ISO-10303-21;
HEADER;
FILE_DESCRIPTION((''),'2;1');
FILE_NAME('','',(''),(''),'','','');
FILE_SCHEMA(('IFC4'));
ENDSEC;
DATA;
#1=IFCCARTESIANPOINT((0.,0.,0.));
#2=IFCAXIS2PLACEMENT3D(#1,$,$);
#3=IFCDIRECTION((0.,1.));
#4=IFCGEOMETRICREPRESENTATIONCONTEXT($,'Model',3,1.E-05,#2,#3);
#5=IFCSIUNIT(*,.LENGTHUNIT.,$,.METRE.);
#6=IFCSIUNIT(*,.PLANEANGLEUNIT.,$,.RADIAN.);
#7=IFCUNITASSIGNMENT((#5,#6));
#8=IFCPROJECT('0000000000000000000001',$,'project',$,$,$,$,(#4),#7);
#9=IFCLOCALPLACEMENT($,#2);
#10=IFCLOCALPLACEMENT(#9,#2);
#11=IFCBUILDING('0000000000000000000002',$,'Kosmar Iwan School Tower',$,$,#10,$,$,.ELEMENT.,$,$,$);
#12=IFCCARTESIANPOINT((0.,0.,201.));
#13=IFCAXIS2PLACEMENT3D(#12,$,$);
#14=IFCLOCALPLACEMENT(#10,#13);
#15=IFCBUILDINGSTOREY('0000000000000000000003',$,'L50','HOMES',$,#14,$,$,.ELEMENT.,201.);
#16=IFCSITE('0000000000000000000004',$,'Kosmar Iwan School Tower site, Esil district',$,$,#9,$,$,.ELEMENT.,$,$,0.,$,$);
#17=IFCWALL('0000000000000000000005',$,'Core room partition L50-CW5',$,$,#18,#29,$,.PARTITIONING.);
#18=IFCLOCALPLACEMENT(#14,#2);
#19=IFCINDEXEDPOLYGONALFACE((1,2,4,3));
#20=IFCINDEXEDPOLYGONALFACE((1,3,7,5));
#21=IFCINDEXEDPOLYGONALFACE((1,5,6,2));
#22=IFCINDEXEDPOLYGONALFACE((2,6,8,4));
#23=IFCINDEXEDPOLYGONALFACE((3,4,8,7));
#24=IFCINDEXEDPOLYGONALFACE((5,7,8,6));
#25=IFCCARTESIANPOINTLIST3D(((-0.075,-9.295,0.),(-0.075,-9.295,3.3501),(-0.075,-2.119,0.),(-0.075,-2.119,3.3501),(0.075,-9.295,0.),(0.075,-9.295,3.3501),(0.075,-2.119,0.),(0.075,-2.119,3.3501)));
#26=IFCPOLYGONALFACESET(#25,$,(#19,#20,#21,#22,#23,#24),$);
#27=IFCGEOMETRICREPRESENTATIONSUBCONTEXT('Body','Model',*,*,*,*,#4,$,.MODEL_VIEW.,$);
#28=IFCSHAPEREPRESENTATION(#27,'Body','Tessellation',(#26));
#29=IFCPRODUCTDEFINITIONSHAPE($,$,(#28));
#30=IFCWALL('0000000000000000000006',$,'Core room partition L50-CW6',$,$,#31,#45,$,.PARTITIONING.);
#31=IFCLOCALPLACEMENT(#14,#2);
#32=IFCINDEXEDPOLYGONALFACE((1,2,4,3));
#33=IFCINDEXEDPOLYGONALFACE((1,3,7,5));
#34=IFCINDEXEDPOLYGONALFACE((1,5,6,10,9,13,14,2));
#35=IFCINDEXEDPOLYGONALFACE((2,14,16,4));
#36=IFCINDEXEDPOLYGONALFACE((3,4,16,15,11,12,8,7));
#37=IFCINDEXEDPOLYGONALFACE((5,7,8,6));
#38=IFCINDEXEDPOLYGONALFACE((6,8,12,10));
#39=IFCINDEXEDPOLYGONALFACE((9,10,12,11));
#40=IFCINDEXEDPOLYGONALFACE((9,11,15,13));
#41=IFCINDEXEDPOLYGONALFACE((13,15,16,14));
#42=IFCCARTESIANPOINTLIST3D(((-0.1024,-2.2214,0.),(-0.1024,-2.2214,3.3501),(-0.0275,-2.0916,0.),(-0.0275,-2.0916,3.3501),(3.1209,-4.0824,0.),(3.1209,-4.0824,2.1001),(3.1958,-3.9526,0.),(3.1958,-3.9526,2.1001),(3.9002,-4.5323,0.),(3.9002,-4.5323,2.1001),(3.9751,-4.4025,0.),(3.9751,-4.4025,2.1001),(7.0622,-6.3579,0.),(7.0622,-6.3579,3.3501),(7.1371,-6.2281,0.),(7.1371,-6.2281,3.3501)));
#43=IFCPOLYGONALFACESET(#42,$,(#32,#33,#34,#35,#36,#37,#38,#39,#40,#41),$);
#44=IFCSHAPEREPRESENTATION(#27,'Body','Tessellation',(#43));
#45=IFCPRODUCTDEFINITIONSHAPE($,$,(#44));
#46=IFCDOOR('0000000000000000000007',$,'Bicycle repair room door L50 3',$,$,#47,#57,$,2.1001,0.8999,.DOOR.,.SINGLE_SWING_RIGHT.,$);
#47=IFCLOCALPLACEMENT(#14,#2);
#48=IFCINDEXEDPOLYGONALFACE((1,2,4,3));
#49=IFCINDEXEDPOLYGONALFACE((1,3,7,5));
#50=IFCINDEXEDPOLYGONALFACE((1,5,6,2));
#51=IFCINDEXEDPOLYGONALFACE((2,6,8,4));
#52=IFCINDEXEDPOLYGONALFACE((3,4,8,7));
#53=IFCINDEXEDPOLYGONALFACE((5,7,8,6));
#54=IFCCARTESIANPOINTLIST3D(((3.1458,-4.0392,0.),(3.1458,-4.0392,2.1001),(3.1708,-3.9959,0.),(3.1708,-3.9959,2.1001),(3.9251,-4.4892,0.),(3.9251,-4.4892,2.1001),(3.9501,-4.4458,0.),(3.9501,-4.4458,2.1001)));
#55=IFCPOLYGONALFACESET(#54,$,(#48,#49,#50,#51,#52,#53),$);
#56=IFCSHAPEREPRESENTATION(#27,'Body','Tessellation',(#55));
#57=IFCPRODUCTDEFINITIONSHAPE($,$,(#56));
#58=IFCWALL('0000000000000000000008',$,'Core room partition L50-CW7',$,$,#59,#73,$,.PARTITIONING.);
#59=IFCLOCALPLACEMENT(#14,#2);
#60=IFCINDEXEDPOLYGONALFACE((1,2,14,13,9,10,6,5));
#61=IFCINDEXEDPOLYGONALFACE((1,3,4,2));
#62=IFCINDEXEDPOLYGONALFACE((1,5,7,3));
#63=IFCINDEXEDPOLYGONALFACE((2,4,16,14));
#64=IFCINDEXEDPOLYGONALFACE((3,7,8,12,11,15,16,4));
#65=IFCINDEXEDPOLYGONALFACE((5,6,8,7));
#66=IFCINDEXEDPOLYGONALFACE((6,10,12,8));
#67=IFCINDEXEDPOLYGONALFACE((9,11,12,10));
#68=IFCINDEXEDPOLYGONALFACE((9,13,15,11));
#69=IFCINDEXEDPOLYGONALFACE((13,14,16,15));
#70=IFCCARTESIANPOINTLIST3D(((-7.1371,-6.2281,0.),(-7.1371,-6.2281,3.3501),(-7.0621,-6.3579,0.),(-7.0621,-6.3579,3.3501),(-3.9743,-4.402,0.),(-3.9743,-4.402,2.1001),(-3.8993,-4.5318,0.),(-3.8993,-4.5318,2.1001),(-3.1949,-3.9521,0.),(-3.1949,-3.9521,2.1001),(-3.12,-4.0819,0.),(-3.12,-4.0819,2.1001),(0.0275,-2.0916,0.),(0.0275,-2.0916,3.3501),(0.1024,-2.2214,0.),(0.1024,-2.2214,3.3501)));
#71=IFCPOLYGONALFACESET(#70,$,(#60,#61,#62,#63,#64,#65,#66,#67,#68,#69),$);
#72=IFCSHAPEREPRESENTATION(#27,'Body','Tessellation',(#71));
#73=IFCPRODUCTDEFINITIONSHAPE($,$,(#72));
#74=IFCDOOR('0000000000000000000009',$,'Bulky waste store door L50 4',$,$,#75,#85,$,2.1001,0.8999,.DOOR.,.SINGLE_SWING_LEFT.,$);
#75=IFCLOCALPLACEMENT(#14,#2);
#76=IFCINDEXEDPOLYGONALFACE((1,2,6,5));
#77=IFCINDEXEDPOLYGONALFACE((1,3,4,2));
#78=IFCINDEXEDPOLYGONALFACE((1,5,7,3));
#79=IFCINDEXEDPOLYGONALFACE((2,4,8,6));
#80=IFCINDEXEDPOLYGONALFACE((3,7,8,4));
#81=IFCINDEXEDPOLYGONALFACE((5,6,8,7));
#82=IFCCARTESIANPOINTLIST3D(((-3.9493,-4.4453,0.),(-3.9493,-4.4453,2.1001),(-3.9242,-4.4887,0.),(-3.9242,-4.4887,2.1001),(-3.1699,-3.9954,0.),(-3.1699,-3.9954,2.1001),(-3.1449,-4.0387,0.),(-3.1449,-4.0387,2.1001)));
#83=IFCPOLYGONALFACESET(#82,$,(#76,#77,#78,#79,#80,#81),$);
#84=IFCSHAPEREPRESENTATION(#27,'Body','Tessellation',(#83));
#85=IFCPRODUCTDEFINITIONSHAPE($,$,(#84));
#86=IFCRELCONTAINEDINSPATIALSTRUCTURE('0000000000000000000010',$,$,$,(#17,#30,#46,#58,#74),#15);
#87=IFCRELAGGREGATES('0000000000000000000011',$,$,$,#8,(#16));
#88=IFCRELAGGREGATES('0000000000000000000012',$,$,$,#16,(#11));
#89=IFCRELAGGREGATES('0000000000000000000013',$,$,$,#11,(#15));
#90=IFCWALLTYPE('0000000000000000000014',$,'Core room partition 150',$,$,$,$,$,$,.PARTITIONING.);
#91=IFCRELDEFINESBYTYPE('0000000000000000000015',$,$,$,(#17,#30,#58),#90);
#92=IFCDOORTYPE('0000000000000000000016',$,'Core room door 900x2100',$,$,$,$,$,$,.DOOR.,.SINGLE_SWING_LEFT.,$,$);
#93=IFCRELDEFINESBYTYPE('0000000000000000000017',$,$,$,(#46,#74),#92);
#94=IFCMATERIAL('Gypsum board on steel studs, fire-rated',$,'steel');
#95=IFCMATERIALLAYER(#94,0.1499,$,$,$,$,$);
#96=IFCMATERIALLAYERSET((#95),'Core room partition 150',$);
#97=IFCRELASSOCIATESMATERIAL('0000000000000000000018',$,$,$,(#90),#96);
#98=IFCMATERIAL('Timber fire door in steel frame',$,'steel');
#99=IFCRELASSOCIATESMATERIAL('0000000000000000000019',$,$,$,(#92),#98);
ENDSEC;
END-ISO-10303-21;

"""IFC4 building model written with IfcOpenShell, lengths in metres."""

from ifc_helpers import new_model, si_unit, direction, frame, frame_2d, origin, place, context, subcontext, project, spatial, rectangle, extrude, material, layer, layer_set, type_object, element, fill, save


model = new_model("IFC4")

# Units and contexts
model_context = context("Model", 3, precision=1e-05, world=origin(), true_north=direction((0.0, 1.0)))
body_context = subcontext(model_context, "Body", "Model", "MODEL_VIEW")
ifc_project = project(units=[si_unit("LENGTHUNIT", "METRE"), si_unit("PLANEANGLEUNIT", "RADIAN")], contexts=[model_context])

# Site, building, storey
site_placement = place(None, origin())
site = spatial("IfcSite", under=ifc_project, at=site_placement, Name="Kosmar Iwan School Tower site, Esil district", CompositionType="ELEMENT", RefElevation=0.0)
building_placement = place(site_placement, origin())
building = spatial("IfcBuilding", under=site, at=building_placement, Name="Kosmar Iwan School Tower", CompositionType="ELEMENT")
storey_placement = place(building_placement, frame((0.0, 0.0, 201.0)))
storey = spatial("IfcBuildingStorey", under=building, at=storey_placement, Name="L50", Description="HOMES", CompositionType="ELEMENT", Elevation=201.0)

# Wall
ifc_material_1 = material(Name="Gypsum board on steel studs, fire-rated", Category="steel")
ifc_layer_1 = layer(ifc_material_1, 0.1499)
ifc_layer_set_1 = layer_set([ifc_layer_1], Name="Core room partition 150")
wall_type_1 = type_object("IfcWallType", Name="Core room partition 150", PredefinedType="PARTITIONING", material=ifc_layer_set_1)
wall_1_placement = place(storey_placement, frame((0.0, -9.2949, 0.0), z_axis=(0.0, 0.0, 1.0), x_axis=(0.0, 1.0, 0.0)))
element("IfcWall", 1, at=wall_1_placement, inside=storey, type_object=wall_type_1, Name="Core room partition L50-CW5", PredefinedType="PARTITIONING", context=body_context, shape_type="SweptSolid", body=[
    extrude(rectangle(XDim=7.176, YDim=0.1499, at=frame_2d((3.5879, 0.0))), origin(), (0.0, 0.0, 1.0), 3.3501),
])

# Walls, openings, doors
wall_2_placement = place(storey_placement, frame((-0.0649, -2.1565, 0.0), z_axis=(0.0, 0.0, 1.0), x_axis=(0.866024, -0.500002, 0.0)))
wall_2 = element("IfcWall", 2, at=wall_2_placement, inside=storey, type_object=wall_type_1, Name="Core room partition L50-CW6", PredefinedType="PARTITIONING", context=body_context, shape_type="SweptSolid", body=[
    extrude(rectangle(XDim=8.2729, YDim=0.1499, at=frame_2d((4.1365, 0.0))), origin(), (0.0, 0.0, 1.0), 3.3501),
])
opening_1_placement = place(wall_2_placement, frame((3.7219, 0.0, 0.0)))
opening_1 = element("IfcOpeningElement", 3, at=opening_1_placement, cuts=wall_2, PredefinedType="OPENING", context=body_context, shape_type="SweptSolid", body=[
    extrude(rectangle(XDim=0.8999, YDim=2.1001, at=frame_2d((0.45, 1.05))), frame((0.0, 0.0869, 0.0), z_axis=(0.0, -1.0, 0.0), x_axis=(1.0, 0.0, 0.0)), (0.0, 0.0, 1.0), 0.1738),
])
ifc_material_2 = material(Name="Timber fire door in steel frame", Category="steel")
door_type_1 = type_object("IfcDoorType", Name="Core room door 900x2100", OperationType="SINGLE_SWING_LEFT", PredefinedType="DOOR", material=ifc_material_2)
door_1_placement = place(opening_1_placement, origin())
door_1 = element("IfcDoor", 4, at=door_1_placement, inside=storey, type_object=door_type_1, Name="Bicycle repair room door L50 3", OperationType="SINGLE_SWING_RIGHT", OverallHeight=2.1001, OverallWidth=0.8999, PredefinedType="DOOR", context=body_context, shape_type="SweptSolid", body=[
    extrude(rectangle(XDim=0.8999, YDim=2.1001, at=frame_2d((0.45, 1.05))), frame((0.0, 0.0249, 0.0), z_axis=(0.0, -1.0, 0.0), x_axis=(1.0, 0.0, 0.0)), (0.0, 0.0, 1.0), 0.05),
])
fill(opening_1, door_1)
wall_3_placement = place(storey_placement, frame((-7.0996, -6.293, 0.0), z_axis=(0.0, 0.0, 1.0), x_axis=(0.866024, 0.500002, 0.0)))
wall_3 = element("IfcWall", 5, at=wall_3_placement, inside=storey, type_object=wall_type_1, Name="Core room partition L50-CW7", PredefinedType="PARTITIONING", context=body_context, shape_type="SweptSolid", body=[
    extrude(rectangle(XDim=8.2729, YDim=0.1499, at=frame_2d((4.1365, 0.0))), origin(), (0.0, 0.0, 1.0), 3.3501),
])
opening_2_placement = place(wall_3_placement, frame((3.6521, 0.0, 0.0)))
opening_2 = element("IfcOpeningElement", 6, at=opening_2_placement, cuts=wall_3, PredefinedType="OPENING", context=body_context, shape_type="SweptSolid", body=[
    extrude(rectangle(XDim=0.8999, YDim=2.1001, at=frame_2d((0.45, 1.05))), frame((0.0, 0.0869, 0.0), z_axis=(0.0, -1.0, 0.0), x_axis=(1.0, 0.0, 0.0)), (0.0, 0.0, 1.0), 0.1738),
])
door_2_placement = place(opening_2_placement, origin())
door_2 = element("IfcDoor", 7, at=door_2_placement, inside=storey, type_object=door_type_1, Name="Bulky waste store door L50 4", OperationType="SINGLE_SWING_LEFT", OverallHeight=2.1001, OverallWidth=0.8999, PredefinedType="DOOR", context=body_context, shape_type="SweptSolid", body=[
    extrude(rectangle(XDim=0.8999, YDim=2.1001, at=frame_2d((0.45, 1.05))), frame((0.0, 0.0249, 0.0), z_axis=(0.0, -1.0, 0.0), x_axis=(1.0, 0.0, 0.0)), (0.0, 0.0, 1.0), 0.05),
])
fill(opening_2, door_2)

save(model, "model.ifc")
